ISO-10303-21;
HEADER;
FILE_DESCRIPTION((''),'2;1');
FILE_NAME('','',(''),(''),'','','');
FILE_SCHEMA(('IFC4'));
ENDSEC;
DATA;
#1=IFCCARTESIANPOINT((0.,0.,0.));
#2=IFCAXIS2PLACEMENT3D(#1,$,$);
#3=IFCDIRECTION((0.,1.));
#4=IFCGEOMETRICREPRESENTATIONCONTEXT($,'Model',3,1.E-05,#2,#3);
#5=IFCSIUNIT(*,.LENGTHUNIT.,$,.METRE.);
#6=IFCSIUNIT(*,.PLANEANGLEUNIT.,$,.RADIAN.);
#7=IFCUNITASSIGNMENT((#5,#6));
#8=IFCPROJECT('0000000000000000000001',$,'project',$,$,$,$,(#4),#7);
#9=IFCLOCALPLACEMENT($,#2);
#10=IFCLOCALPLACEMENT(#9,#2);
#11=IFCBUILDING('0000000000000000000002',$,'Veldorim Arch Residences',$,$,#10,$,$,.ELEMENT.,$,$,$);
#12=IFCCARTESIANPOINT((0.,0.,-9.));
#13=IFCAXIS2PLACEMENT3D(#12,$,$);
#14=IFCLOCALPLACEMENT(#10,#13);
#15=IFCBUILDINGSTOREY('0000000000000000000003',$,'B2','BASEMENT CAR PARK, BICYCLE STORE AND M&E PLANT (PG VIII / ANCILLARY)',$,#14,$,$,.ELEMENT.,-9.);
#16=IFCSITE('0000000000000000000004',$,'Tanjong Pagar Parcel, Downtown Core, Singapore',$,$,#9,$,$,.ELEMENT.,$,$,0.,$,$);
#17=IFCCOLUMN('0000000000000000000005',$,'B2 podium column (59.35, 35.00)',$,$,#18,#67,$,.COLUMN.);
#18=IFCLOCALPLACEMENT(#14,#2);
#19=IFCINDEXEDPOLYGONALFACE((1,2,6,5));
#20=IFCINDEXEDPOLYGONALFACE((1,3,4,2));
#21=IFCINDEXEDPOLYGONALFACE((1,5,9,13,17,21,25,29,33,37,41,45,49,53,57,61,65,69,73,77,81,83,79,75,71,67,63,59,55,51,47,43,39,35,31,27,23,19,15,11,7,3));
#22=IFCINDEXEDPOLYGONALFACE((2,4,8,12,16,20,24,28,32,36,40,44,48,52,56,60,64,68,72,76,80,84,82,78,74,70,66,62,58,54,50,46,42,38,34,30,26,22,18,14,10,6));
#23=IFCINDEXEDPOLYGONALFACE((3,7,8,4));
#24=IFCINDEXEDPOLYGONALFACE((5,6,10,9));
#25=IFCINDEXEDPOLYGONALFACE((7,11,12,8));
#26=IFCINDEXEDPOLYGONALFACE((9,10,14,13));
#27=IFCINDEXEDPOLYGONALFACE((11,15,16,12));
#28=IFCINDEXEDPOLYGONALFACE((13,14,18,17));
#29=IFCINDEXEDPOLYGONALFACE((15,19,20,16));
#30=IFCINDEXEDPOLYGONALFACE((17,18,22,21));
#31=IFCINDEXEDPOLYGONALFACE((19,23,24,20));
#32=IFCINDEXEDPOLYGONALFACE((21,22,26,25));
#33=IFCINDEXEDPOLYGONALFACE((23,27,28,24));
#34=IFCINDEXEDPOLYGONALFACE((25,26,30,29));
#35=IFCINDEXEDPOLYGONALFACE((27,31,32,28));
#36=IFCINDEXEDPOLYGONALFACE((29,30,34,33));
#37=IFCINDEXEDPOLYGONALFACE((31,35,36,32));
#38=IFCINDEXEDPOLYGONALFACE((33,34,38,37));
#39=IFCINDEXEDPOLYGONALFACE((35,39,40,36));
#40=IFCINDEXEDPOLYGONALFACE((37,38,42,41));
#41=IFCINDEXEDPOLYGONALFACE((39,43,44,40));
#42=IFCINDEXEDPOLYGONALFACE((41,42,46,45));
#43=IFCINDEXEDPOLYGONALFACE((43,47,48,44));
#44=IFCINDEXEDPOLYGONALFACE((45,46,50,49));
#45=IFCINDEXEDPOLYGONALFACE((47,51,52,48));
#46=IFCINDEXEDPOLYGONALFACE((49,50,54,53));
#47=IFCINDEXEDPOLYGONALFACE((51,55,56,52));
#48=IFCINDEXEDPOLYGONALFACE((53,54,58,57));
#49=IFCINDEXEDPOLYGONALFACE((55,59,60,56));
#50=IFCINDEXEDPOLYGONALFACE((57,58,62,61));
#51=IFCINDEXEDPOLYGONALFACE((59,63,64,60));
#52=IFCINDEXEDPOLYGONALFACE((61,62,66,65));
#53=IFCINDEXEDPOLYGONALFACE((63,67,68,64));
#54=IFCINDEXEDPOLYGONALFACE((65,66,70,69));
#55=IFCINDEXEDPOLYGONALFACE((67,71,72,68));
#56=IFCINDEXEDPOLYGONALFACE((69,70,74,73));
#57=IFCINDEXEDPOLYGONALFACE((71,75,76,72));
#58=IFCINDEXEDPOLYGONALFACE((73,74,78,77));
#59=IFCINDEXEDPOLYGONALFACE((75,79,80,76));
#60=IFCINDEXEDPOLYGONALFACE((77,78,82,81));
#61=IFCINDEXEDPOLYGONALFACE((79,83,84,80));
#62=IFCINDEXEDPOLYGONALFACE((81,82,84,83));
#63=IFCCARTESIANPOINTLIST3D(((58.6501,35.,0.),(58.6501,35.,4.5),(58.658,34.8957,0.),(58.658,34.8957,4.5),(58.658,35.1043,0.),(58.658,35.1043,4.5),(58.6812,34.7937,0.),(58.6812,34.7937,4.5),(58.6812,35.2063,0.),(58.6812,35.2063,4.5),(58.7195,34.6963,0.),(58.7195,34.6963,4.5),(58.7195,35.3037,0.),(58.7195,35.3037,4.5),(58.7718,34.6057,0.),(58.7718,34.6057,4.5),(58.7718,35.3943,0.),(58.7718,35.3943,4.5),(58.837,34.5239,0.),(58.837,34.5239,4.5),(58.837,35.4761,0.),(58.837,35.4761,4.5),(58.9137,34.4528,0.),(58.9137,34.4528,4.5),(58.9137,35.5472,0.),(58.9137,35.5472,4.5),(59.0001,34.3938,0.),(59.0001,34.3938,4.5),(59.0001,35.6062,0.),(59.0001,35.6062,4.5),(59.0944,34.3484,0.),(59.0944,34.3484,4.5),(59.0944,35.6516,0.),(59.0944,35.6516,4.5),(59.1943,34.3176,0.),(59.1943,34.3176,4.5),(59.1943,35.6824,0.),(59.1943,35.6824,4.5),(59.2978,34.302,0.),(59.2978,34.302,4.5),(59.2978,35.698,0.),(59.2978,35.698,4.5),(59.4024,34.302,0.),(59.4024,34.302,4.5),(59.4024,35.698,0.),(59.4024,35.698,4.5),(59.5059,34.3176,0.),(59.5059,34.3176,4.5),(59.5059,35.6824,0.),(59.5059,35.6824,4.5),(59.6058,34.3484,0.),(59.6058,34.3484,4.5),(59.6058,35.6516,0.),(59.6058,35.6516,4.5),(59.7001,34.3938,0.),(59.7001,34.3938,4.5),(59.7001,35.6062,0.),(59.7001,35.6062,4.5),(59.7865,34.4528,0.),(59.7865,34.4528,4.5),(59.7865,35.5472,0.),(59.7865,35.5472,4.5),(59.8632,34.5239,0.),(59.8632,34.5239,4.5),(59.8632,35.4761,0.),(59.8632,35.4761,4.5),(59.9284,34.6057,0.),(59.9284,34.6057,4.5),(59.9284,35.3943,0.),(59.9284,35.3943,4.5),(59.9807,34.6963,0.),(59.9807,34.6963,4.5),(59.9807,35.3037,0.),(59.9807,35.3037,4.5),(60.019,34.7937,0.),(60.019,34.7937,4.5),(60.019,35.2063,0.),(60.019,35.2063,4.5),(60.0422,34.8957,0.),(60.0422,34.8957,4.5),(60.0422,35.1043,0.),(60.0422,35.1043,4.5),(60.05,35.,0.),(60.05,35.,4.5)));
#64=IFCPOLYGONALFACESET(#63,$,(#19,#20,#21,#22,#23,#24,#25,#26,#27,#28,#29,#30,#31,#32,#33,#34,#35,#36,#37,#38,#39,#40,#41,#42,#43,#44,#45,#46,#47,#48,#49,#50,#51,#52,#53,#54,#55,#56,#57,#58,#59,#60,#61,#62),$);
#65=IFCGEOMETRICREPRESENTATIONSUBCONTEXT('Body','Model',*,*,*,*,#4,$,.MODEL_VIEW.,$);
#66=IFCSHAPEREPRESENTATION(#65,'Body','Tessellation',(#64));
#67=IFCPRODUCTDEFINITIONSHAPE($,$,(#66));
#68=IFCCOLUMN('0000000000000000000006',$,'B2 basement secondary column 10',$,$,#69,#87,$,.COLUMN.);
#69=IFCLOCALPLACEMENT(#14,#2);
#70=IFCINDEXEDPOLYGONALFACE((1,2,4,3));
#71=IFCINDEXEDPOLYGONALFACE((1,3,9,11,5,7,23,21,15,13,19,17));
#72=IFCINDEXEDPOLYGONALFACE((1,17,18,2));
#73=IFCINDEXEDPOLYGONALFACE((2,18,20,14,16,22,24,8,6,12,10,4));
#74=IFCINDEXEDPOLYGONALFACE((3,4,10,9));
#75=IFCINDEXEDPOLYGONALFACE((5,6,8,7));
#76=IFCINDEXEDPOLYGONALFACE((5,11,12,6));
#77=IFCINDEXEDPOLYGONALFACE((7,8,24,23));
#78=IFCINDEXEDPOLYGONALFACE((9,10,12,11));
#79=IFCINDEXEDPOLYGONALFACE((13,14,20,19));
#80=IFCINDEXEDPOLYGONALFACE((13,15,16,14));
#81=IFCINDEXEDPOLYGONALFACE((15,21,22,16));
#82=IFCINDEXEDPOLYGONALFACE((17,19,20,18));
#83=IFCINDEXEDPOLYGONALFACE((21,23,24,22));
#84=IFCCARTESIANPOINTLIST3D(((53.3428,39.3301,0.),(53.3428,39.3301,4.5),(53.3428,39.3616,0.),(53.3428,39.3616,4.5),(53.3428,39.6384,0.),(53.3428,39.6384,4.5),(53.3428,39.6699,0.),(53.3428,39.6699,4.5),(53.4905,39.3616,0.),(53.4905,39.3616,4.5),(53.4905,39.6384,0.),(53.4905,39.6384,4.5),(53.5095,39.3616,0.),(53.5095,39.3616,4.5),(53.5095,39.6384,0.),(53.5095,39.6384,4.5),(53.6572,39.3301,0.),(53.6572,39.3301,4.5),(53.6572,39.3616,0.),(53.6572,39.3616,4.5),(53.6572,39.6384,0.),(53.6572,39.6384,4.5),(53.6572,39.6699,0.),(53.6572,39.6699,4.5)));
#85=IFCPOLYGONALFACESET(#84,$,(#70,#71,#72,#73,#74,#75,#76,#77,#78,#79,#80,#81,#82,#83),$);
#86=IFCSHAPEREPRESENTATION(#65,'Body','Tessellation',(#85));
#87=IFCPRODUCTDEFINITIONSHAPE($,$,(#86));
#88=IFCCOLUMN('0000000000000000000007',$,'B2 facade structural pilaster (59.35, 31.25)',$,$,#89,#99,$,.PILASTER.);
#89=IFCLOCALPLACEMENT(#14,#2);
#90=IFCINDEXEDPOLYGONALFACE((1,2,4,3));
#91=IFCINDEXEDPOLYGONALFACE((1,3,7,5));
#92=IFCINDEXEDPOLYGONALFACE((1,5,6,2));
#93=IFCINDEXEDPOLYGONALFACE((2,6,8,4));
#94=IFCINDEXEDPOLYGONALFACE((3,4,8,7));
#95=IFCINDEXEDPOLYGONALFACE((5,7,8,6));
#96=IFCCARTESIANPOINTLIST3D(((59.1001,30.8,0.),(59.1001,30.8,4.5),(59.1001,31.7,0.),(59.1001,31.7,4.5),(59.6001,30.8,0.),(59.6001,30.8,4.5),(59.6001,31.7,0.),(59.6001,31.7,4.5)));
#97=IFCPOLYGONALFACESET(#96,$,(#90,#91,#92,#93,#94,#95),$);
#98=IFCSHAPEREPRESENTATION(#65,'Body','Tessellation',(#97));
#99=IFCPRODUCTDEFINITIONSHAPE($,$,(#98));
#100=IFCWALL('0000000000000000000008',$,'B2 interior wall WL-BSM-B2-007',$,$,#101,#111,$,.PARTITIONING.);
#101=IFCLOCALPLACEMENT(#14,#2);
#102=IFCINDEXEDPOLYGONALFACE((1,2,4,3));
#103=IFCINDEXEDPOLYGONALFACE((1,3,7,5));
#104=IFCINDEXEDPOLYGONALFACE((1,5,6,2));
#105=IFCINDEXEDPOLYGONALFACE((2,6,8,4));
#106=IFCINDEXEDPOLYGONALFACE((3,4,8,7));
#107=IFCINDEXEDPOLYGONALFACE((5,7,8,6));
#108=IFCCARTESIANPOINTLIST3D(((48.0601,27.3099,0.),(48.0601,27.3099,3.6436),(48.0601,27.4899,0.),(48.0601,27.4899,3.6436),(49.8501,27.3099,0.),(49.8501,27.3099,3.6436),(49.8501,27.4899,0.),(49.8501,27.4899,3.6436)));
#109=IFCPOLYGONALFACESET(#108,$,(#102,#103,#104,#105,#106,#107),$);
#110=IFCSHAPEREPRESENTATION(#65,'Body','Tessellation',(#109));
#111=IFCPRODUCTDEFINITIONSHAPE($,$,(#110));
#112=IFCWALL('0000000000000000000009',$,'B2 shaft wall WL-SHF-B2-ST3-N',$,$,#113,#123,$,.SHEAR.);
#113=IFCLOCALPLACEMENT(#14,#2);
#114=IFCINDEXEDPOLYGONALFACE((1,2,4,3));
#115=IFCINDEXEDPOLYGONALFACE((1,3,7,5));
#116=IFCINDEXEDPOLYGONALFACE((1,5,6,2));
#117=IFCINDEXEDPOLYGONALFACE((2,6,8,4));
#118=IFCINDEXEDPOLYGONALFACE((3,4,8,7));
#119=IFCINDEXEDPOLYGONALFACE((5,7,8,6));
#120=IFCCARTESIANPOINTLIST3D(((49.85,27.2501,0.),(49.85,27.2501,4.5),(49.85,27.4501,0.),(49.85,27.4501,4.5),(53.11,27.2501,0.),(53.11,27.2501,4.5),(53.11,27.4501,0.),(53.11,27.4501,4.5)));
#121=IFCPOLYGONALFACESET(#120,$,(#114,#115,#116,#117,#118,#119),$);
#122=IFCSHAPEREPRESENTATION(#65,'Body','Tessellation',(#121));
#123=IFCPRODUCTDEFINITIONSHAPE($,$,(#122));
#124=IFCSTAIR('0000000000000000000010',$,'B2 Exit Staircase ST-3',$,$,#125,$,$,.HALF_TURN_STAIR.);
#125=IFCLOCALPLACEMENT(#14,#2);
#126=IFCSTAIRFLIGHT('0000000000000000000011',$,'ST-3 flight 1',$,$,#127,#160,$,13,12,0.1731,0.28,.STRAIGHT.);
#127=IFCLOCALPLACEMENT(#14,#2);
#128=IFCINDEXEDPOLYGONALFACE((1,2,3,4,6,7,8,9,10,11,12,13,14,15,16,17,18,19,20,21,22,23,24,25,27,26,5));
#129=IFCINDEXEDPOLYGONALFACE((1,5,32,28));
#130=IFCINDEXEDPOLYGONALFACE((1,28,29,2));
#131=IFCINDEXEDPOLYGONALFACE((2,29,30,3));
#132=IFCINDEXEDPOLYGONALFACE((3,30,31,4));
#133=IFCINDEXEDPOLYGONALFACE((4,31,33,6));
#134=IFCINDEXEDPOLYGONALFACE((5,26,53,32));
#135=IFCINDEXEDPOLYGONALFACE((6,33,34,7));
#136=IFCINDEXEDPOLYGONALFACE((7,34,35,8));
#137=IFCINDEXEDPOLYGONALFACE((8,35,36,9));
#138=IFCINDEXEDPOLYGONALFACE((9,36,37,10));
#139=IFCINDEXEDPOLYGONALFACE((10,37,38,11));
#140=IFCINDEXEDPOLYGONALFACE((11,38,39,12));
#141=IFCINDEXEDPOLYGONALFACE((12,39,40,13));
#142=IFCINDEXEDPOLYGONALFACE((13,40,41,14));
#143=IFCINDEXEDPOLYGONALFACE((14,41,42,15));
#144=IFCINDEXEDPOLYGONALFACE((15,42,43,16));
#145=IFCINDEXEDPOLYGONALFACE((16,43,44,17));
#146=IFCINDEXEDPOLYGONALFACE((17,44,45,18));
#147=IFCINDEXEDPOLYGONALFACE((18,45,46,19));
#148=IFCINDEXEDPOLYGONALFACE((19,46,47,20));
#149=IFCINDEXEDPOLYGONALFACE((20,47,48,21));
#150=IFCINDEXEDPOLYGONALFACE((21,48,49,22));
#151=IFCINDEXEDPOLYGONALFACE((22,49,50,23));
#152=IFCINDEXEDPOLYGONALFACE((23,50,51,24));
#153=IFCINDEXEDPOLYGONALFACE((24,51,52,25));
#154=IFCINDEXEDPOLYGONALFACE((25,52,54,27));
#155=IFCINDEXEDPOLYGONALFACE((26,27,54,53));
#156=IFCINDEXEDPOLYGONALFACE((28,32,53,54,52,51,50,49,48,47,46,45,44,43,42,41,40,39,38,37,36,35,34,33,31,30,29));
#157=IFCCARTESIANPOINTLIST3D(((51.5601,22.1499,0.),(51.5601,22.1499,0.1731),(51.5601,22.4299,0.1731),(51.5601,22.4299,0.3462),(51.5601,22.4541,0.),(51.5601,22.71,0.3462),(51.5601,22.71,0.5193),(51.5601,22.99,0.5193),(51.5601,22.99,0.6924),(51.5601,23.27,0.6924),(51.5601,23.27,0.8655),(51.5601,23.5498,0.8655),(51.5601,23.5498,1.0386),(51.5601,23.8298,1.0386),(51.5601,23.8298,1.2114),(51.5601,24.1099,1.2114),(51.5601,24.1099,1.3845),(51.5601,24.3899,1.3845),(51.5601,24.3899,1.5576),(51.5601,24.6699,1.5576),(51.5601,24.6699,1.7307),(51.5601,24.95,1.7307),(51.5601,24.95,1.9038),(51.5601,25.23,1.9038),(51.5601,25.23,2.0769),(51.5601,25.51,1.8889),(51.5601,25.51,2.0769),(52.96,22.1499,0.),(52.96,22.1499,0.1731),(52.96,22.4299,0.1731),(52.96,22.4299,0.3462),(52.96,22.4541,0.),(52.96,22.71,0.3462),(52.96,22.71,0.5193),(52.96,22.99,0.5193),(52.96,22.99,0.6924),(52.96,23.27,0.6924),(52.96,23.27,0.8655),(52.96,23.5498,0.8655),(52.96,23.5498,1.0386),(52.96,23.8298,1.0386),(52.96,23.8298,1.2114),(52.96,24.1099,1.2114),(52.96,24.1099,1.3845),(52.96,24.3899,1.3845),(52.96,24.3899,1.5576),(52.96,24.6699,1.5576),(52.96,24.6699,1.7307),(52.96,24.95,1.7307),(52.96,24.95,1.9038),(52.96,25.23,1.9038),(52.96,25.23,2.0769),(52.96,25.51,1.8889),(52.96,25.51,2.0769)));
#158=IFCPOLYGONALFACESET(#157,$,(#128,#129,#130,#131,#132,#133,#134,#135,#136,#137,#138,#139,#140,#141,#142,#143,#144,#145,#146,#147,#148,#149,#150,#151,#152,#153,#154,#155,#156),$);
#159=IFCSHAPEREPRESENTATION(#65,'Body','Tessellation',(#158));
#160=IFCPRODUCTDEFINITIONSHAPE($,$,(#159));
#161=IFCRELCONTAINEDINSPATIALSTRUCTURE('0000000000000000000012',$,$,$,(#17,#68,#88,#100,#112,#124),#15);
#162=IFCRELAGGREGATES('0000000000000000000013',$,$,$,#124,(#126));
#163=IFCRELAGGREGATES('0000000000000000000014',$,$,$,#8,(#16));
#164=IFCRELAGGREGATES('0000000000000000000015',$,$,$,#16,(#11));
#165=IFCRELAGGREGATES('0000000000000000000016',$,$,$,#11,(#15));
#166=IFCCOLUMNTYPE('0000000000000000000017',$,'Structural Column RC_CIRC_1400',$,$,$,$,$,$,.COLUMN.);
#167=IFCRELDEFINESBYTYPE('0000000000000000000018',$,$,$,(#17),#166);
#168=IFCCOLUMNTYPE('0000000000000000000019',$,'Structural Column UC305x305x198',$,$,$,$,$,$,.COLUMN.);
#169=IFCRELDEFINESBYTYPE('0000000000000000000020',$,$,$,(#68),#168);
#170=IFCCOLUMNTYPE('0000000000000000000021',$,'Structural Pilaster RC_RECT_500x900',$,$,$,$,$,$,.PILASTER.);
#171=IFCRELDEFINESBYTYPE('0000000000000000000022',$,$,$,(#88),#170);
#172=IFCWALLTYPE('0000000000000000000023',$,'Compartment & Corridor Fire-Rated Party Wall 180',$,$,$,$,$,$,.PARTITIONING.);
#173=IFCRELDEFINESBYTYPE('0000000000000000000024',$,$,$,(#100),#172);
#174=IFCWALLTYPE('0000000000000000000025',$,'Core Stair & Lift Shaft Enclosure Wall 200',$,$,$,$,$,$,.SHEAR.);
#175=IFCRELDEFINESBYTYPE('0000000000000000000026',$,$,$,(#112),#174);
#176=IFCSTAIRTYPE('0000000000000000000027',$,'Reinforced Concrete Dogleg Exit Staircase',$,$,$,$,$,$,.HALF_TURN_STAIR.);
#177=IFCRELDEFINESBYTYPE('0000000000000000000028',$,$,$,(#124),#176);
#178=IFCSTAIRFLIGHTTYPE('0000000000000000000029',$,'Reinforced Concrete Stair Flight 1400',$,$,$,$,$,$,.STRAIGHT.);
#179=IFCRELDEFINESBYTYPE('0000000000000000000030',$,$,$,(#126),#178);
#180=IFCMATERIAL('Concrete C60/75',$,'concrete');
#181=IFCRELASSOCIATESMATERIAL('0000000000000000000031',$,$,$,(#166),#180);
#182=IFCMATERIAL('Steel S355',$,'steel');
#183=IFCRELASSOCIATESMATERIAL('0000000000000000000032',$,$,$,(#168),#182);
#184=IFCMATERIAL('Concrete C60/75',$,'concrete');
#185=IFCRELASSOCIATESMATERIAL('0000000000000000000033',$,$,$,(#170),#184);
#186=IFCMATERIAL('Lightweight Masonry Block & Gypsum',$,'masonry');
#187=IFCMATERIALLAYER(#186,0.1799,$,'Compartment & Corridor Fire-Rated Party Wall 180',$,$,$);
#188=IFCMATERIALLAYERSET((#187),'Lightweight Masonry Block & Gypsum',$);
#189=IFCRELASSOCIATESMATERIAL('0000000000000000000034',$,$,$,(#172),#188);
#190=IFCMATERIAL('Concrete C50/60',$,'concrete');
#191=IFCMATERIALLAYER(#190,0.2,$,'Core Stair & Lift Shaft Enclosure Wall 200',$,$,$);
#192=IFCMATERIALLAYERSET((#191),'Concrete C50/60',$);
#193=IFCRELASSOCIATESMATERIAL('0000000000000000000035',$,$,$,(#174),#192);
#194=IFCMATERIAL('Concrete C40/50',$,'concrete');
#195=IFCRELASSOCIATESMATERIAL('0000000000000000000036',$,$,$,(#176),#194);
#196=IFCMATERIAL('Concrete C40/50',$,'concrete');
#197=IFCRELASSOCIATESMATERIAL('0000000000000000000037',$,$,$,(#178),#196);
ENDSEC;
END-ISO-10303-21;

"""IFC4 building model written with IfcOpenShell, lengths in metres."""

from ifc_helpers import new_model, si_unit, direction, frame, frame_2d, origin, origin_2d, place, context, subcontext, project, spatial, polyline, rectangle, circle, i_section, outline, extrude, material, layer, layer_set, material_profile, profile_set, type_object, element, aggregate, save


model = new_model("IFC4")

# Units and contexts
model_context = context("Model", 3, precision=1e-05, world=origin(), true_north=direction((0.0, 1.0)))
body_context = subcontext(model_context, "Body", "Model", "MODEL_VIEW")
ifc_project = project(units=[si_unit("LENGTHUNIT", "METRE"), si_unit("PLANEANGLEUNIT", "RADIAN")], contexts=[model_context])

# Site, building, storey
site_placement = place(None, origin())
site = spatial("IfcSite", under=ifc_project, at=site_placement, Name="Tanjong Pagar Parcel, Downtown Core, Singapore", CompositionType="ELEMENT", RefElevation=0.0)
building_placement = place(site_placement, origin())
building = spatial("IfcBuilding", under=site, at=building_placement, Name="Veldorim Arch Residences", CompositionType="ELEMENT")
storey_placement = place(building_placement, frame((0.0, 0.0, -9.0)))
storey = spatial("IfcBuildingStorey", under=building, at=storey_placement, Name="B2", Description="BASEMENT CAR PARK, BICYCLE STORE AND M&E PLANT (PG VIII / ANCILLARY)", CompositionType="ELEMENT", Elevation=-9.0)

# Columns
ifc_material_1 = material(Name="Concrete C60/75", Category="concrete")
ifc_material_profile_1 = material_profile(ifc_material_1, circle(Radius=0.7, at=origin_2d()), Name="RC_CIRC_1400")
ifc_profile_set_1 = profile_set([ifc_material_profile_1], Name="Concrete C60/75")
column_type_1 = type_object("IfcColumnType", Name="Structural Column RC_CIRC_1400", PredefinedType="COLUMN", material=ifc_profile_set_1)
for number, where, z_axis, x_axis, name in (
    (1, (59.3501, 35.0, 0.0), (0.0, 0.0, 1.0), (1.0, 0.0, 0.0), "B2 podium column (59.35, 35.00)"),
):
    element("IfcColumn", number, at=place(storey_placement, frame(where, z_axis=z_axis, x_axis=x_axis)), inside=storey, type_object=column_type_1, Name=name, PredefinedType="COLUMN", context=body_context, shape_type="SweptSolid", body=[
        extrude(circle(Radius=0.7, at=origin_2d()), origin(), (0.0, 0.0, 1.0), 4.5),
    ])
ifc_material_2 = material(Name="Steel S355", Category="steel")
ifc_material_profile_2 = material_profile(ifc_material_2, i_section(OverallWidth=0.3145, OverallDepth=0.3398, WebThickness=0.019, FlangeThickness=0.0315, at=origin_2d()), Name="UC305x305x198")
ifc_profile_set_2 = profile_set([ifc_material_profile_2], Name="Steel S355")
column_type_2 = type_object("IfcColumnType", Name="Structural Column UC305x305x198", PredefinedType="COLUMN", material=ifc_profile_set_2)
column_1_placement = place(storey_placement, frame((53.5, 39.5, 0.0), z_axis=(0.0, 0.0, 1.0), x_axis=(1.0, 0.0, 0.0)))
element("IfcColumn", 2, at=column_1_placement, inside=storey, type_object=column_type_2, Name="B2 basement secondary column 10", PredefinedType="COLUMN", context=body_context, shape_type="SweptSolid", body=[
    extrude(i_section(OverallWidth=0.3145, OverallDepth=0.3398, WebThickness=0.019, FlangeThickness=0.0315, at=origin_2d()), origin(), (0.0, 0.0, 1.0), 4.5),
])
ifc_material_3 = material(Name="Concrete C60/75", Category="concrete")
ifc_material_profile_3 = material_profile(ifc_material_3, rectangle(XDim=0.5, YDim=0.8999, at=origin_2d()), Name="RC_RECT_500x900")
ifc_profile_set_3 = profile_set([ifc_material_profile_3], Name="Concrete C60/75")
column_type_3 = type_object("IfcColumnType", Name="Structural Pilaster RC_RECT_500x900", PredefinedType="PILASTER", material=ifc_profile_set_3)
column_2_placement = place(storey_placement, frame((59.3501, 31.25, 0.0), z_axis=(0.0, 0.0, 1.0), x_axis=(1.0, 0.0, 0.0)))
element("IfcColumn", 3, at=column_2_placement, inside=storey, type_object=column_type_3, Name="B2 facade structural pilaster (59.35, 31.25)", PredefinedType="PILASTER", context=body_context, shape_type="SweptSolid", body=[
    extrude(rectangle(XDim=0.5, YDim=0.8999, at=origin_2d()), origin(), (0.0, 0.0, 1.0), 4.5),
])

# Walls
ifc_material_4 = material(Name="Lightweight Masonry Block & Gypsum", Category="masonry")
ifc_layer_1 = layer(ifc_material_4, 0.1799, Name="Compartment & Corridor Fire-Rated Party Wall 180")
ifc_layer_set_1 = layer_set([ifc_layer_1], Name="Lightweight Masonry Block & Gypsum")
wall_type_1 = type_object("IfcWallType", Name="Compartment & Corridor Fire-Rated Party Wall 180", PredefinedType="PARTITIONING", material=ifc_layer_set_1)
wall_1_placement = place(storey_placement, frame((49.8501, 27.3999, 0.0), z_axis=(0.0, 0.0, 1.0), x_axis=(-1.0, 0.0, 0.0)))
element("IfcWall", 4, at=wall_1_placement, inside=storey, type_object=wall_type_1, Name="B2 interior wall WL-BSM-B2-007", PredefinedType="PARTITIONING", context=body_context, shape_type="SweptSolid", body=[
    extrude(rectangle(XDim=1.79, YDim=0.1799, at=frame_2d((0.895, 0.0))), origin(), (0.0, 0.0, 1.0), 3.6436),
])
ifc_material_5 = material(Name="Concrete C50/60", Category="concrete")
ifc_layer_2 = layer(ifc_material_5, 0.2, Name="Core Stair & Lift Shaft Enclosure Wall 200")
ifc_layer_set_2 = layer_set([ifc_layer_2], Name="Concrete C50/60")
wall_type_2 = type_object("IfcWallType", Name="Core Stair & Lift Shaft Enclosure Wall 200", PredefinedType="SHEAR", material=ifc_layer_set_2)
wall_2_placement = place(storey_placement, frame((49.8501, 27.3501, 0.0), z_axis=(0.0, 0.0, 1.0), x_axis=(1.0, 0.0, 0.0)))
element("IfcWall", 5, at=wall_2_placement, inside=storey, type_object=wall_type_2, Name="B2 shaft wall WL-SHF-B2-ST3-N", PredefinedType="SHEAR", context=body_context, shape_type="SweptSolid", body=[
    extrude(rectangle(XDim=3.26, YDim=0.2, at=frame_2d((1.6299, 0.0))), origin(), (0.0, 0.0, 1.0), 4.5),
])

# Stair, stair flight
ifc_material_6 = material(Name="Concrete C40/50", Category="concrete")
stair_type = type_object("IfcStairType", Name="Reinforced Concrete Dogleg Exit Staircase", PredefinedType="HALF_TURN_STAIR", material=ifc_material_6)
stair_placement = place(storey_placement, origin())
stair = element("IfcStair", 6, at=stair_placement, inside=storey, type_object=stair_type, Name="B2 Exit Staircase ST-3", PredefinedType="HALF_TURN_STAIR")
ifc_material_7 = material(Name="Concrete C40/50", Category="concrete")
stair_flight_type = type_object("IfcStairFlightType", Name="Reinforced Concrete Stair Flight 1400", PredefinedType="STRAIGHT", material=ifc_material_7)
stair_flight_1_placement = place(storey_placement, frame((52.26, 22.1499, 0.0), z_axis=(0.0, 0.0, 1.0), x_axis=(0.0, 1.0, 0.0)))
stair_flight_1 = element("IfcStairFlight", 7, at=stair_flight_1_placement, type_object=stair_flight_type, Name="ST-3 flight 1", NumberOfRisers=13, NumberOfTreads=12, PredefinedType="STRAIGHT", RiserHeight=0.1731, TreadLength=0.28, context=body_context, shape_type="SweptSolid", body=[
    extrude(outline(polyline([(0.0, 0.0), (0.0, 0.1731), (0.28, 0.1731), (0.28, 0.3462), (0.5601, 0.3462), (0.5601, 0.5193), (0.8401, 0.5193), (0.8401, 0.6924), (1.1201, 0.6924), (1.1201, 0.8655), (1.3999, 0.8655), (1.3999, 1.0386), (1.6799, 1.0386), (1.6799, 1.2114), (1.96, 1.2114), (1.96, 1.3845), (2.24, 1.3845), (2.24, 1.5576), (2.52, 1.5576), (2.52, 1.7307), (2.8, 1.7307), (2.8, 1.9038), (3.0801, 1.9038), (3.0801, 2.0769), (3.3601, 2.0769), (3.3601, 2.25), (3.3601, 1.8889), (0.3042, 0.0), (0.0, 0.0)])), frame((0.0, 0.7, 0.0), z_axis=(0.0, -1.0, 0.0), x_axis=(1.0, 0.0, 0.0)), (0.0, 0.0, 1.0), 1.3999),
])
aggregate(stair, [stair_flight_1])

save(model, "model.ifc")
